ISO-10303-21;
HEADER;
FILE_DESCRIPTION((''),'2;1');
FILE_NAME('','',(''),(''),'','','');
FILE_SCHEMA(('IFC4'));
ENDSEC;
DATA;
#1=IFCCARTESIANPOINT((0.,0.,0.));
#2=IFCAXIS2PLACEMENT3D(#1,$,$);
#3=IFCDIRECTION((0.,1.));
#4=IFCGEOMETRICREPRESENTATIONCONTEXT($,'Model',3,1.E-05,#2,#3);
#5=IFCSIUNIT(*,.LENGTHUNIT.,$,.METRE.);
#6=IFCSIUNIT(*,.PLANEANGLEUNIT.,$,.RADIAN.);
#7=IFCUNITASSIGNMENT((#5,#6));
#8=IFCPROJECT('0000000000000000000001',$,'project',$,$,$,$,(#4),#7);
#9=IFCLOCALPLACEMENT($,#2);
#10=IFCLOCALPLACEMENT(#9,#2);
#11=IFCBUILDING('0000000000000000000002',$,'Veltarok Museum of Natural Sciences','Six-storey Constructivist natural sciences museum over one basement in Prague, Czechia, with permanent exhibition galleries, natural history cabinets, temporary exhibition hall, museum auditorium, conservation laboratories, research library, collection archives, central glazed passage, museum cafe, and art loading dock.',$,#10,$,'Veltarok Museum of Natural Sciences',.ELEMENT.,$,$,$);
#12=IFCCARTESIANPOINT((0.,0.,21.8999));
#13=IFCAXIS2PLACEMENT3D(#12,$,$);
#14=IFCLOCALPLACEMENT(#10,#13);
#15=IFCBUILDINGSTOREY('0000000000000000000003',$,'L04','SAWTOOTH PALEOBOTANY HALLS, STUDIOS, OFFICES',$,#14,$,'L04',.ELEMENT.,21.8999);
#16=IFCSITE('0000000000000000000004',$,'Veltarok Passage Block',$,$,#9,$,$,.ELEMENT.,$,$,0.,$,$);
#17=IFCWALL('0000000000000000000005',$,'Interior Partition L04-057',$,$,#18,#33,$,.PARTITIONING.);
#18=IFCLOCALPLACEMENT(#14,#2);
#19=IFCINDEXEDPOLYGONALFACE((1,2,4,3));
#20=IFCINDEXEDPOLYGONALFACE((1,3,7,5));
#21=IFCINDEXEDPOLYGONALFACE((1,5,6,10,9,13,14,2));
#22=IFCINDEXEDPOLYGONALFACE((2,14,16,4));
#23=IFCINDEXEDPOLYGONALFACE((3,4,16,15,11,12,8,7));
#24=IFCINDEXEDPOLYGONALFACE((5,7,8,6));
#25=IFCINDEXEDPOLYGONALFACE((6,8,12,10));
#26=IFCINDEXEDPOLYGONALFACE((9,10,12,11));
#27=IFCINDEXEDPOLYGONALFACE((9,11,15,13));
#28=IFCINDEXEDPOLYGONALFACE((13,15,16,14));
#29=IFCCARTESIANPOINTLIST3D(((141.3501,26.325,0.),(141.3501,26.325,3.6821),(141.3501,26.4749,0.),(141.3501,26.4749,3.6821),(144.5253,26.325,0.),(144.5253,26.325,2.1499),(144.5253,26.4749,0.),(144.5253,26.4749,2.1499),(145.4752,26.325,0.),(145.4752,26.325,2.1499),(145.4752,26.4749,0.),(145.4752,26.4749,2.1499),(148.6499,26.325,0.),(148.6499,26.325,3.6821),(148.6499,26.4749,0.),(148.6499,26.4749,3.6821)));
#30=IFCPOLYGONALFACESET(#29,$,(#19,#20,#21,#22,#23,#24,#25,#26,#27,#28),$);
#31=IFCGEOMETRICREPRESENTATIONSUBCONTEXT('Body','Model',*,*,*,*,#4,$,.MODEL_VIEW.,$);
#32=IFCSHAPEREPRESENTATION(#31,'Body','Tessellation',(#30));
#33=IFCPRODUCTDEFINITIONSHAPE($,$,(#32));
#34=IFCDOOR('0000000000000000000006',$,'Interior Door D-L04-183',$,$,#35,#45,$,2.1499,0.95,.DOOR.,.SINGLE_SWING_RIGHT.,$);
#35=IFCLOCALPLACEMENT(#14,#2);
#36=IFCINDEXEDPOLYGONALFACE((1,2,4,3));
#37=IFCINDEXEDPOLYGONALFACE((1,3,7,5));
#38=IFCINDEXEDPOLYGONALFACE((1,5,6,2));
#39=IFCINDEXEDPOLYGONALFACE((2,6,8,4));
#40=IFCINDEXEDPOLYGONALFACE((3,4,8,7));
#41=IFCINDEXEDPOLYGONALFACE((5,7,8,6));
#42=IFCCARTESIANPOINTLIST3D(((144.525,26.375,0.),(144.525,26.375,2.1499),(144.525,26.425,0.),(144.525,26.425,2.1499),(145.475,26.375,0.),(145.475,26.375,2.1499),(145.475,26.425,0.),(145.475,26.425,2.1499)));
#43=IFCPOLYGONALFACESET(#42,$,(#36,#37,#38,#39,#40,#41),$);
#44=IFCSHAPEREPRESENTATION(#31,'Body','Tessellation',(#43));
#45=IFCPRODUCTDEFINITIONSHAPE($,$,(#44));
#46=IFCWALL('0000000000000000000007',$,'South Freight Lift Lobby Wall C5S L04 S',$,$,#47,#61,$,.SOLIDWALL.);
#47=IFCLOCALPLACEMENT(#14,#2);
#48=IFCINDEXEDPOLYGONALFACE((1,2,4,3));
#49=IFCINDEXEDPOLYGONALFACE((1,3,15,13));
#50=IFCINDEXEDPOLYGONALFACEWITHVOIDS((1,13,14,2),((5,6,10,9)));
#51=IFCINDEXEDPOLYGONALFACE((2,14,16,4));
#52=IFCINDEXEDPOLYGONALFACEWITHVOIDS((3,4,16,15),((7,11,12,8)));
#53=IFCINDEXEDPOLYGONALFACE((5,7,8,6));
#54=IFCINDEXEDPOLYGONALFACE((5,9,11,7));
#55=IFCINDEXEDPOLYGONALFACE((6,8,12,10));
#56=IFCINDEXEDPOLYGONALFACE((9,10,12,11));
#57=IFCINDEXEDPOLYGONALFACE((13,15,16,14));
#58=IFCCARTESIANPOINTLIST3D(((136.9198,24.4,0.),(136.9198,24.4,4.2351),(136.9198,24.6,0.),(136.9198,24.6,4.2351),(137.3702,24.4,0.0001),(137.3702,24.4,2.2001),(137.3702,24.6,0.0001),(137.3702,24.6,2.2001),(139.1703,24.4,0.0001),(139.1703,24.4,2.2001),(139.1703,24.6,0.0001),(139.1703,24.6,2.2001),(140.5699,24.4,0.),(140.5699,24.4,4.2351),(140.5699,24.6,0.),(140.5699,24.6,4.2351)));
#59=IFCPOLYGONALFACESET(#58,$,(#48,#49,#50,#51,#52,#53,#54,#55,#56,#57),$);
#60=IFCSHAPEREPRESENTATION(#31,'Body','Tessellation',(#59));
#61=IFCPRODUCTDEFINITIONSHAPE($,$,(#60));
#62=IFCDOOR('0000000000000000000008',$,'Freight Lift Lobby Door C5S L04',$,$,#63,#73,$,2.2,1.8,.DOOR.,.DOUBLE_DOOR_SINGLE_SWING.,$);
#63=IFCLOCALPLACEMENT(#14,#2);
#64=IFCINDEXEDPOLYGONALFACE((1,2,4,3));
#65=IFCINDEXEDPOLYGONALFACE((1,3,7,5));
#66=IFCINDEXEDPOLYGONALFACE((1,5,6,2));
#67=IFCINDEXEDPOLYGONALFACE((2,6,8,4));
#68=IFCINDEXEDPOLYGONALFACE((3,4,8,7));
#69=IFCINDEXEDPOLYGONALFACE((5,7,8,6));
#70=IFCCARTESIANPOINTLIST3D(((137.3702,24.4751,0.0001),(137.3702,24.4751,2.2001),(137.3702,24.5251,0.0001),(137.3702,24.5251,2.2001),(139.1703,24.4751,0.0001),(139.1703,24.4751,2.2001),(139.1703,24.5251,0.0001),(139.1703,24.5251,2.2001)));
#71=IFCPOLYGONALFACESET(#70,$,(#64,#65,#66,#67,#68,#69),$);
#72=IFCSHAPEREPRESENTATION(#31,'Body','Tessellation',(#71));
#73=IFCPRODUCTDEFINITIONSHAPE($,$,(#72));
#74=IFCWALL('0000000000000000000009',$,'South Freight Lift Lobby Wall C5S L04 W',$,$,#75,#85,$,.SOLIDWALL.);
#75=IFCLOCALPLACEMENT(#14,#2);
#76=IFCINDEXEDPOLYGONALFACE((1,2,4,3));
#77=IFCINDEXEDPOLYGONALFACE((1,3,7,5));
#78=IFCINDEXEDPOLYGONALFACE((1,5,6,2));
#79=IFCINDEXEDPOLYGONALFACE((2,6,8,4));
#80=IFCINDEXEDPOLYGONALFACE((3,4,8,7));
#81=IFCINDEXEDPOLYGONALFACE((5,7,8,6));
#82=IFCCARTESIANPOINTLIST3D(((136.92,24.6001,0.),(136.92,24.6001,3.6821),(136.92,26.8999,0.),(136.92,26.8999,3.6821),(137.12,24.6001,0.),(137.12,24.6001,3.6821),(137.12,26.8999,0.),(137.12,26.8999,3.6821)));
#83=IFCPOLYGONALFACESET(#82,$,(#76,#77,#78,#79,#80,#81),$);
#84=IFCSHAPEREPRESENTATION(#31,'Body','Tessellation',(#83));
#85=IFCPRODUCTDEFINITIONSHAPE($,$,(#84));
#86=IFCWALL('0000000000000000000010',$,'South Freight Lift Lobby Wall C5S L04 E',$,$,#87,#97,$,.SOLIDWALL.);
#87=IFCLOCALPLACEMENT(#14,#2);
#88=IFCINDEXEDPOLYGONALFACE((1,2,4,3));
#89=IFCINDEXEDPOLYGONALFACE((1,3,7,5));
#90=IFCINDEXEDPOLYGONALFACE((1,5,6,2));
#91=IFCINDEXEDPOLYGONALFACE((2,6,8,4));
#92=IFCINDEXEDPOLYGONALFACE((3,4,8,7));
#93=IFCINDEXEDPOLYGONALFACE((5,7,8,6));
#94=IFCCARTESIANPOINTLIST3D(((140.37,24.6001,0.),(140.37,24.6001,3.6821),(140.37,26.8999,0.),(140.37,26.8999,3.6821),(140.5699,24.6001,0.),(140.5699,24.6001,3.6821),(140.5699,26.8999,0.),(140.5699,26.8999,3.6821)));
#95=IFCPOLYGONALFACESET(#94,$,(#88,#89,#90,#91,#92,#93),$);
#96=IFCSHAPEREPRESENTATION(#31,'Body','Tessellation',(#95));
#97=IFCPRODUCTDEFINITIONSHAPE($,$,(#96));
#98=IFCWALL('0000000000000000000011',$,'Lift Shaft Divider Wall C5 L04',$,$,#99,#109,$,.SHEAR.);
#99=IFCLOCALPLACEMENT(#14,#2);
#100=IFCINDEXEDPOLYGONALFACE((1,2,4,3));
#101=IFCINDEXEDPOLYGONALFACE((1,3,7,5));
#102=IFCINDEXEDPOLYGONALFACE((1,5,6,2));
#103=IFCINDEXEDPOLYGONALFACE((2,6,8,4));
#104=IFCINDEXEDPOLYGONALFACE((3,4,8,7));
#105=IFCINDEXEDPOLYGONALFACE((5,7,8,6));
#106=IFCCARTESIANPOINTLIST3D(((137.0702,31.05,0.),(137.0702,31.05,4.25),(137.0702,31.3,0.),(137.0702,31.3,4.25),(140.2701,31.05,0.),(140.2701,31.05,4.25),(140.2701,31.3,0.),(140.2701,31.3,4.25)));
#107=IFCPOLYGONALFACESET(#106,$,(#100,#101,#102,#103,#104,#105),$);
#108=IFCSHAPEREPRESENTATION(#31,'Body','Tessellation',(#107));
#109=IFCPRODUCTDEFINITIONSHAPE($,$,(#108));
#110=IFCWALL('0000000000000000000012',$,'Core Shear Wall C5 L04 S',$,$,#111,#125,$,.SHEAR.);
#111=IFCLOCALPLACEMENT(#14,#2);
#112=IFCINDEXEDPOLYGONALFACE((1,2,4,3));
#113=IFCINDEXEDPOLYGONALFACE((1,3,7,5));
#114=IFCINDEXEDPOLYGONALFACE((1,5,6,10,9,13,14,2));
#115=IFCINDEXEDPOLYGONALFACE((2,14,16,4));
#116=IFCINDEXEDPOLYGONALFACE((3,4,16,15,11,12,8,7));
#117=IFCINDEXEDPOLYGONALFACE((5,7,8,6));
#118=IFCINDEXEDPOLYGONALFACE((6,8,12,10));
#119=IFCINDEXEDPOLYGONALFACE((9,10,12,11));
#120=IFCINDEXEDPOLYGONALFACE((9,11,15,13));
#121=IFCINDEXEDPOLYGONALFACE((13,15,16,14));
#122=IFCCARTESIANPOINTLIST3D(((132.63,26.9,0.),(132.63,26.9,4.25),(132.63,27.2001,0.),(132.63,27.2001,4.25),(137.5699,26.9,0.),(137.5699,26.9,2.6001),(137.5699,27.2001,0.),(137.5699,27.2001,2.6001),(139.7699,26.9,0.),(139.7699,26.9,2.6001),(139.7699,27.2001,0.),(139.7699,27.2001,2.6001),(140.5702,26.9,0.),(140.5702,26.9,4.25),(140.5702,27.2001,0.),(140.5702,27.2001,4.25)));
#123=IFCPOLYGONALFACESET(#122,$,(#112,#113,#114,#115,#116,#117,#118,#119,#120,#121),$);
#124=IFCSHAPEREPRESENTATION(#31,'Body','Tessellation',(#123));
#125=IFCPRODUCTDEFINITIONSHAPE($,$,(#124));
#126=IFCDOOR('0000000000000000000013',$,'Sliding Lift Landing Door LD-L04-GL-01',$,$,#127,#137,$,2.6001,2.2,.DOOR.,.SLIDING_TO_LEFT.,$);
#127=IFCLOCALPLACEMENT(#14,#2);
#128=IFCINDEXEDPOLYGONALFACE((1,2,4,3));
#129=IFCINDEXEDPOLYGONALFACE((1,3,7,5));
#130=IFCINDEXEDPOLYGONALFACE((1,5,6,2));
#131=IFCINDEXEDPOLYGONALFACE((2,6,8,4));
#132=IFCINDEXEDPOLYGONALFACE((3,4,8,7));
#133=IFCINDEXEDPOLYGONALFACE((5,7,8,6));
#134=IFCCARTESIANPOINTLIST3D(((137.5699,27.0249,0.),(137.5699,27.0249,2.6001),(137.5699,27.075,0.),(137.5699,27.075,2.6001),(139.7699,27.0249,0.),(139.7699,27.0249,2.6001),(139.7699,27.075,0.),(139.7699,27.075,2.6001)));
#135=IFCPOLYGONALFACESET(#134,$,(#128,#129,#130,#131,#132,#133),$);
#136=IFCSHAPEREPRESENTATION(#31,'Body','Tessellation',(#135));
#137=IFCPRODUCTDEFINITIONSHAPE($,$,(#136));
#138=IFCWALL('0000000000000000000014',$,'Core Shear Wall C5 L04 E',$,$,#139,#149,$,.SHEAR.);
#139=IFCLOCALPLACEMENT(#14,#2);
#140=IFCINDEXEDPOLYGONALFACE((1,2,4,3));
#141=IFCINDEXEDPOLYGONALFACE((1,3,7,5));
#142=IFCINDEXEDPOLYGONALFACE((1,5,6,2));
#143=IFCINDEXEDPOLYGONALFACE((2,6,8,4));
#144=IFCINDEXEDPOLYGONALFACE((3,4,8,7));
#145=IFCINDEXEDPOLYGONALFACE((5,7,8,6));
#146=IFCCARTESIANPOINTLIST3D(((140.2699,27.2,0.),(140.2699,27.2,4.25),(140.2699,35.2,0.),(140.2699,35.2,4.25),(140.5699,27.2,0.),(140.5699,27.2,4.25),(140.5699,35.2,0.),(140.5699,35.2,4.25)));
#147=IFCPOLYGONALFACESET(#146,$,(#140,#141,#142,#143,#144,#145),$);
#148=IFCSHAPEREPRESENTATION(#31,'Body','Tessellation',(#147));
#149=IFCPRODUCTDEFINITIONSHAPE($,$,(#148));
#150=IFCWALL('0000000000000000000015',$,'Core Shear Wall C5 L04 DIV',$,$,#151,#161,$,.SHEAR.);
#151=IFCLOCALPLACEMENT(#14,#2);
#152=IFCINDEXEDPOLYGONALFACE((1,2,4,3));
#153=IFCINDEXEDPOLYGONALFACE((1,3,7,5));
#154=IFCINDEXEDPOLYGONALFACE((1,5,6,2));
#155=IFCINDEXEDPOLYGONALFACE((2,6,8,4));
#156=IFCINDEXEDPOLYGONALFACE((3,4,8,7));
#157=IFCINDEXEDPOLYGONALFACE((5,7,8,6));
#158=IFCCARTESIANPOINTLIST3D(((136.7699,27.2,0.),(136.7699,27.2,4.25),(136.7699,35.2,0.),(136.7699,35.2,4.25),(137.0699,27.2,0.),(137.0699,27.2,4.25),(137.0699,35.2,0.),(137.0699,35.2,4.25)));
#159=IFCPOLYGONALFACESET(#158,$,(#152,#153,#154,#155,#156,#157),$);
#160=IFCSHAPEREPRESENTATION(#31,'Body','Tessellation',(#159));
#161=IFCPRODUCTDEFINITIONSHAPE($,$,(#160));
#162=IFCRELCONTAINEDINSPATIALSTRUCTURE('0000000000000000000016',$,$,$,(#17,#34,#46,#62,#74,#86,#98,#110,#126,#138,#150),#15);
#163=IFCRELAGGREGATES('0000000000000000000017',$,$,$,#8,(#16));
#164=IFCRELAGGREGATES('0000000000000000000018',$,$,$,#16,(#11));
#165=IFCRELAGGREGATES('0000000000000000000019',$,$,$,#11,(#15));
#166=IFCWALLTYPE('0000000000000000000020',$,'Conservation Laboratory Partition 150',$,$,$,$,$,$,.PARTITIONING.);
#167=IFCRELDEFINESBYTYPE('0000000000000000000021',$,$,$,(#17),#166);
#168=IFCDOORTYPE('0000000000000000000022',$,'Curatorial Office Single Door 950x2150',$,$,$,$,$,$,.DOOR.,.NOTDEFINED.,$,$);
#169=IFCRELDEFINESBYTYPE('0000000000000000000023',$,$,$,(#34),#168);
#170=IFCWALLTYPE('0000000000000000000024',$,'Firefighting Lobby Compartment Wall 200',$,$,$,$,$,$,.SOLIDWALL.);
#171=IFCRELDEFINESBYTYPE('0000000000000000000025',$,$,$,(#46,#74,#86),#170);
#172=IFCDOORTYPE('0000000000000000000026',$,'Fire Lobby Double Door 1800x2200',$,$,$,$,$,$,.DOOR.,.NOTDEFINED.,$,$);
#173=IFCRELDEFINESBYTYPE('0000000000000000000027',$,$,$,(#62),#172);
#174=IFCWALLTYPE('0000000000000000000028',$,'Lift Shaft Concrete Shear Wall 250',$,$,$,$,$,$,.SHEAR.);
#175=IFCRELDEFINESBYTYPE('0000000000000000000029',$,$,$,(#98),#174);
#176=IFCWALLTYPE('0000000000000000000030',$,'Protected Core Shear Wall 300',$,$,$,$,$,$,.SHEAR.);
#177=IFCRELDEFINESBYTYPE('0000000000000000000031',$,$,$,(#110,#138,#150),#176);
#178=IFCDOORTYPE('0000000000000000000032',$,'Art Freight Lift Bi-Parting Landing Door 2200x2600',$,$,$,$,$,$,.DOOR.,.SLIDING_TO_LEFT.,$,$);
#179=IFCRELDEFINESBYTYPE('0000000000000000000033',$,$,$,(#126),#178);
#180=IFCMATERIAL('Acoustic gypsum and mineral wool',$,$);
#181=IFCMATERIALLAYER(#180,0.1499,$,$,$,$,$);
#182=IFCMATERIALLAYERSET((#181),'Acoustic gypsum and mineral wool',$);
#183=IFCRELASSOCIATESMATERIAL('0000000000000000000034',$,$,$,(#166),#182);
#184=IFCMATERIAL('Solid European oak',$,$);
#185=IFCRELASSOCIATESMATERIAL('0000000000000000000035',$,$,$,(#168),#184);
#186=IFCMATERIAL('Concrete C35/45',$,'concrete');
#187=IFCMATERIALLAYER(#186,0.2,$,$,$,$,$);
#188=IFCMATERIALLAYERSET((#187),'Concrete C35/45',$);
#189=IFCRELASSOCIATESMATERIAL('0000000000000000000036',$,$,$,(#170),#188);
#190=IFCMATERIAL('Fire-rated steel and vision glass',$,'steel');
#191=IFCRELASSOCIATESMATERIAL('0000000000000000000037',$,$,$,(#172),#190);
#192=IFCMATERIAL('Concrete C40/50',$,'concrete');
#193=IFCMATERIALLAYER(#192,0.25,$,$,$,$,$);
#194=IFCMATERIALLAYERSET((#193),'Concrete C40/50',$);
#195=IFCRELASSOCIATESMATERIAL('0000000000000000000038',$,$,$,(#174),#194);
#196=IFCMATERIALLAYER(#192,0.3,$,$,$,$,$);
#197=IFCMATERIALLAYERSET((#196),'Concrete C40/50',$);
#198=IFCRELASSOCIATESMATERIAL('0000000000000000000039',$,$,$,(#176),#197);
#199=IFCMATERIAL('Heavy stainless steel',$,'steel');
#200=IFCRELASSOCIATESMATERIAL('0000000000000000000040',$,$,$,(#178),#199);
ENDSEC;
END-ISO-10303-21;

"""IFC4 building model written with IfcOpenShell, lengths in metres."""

from ifc_helpers import new_model, si_unit, direction, frame, frame_2d, origin, place, context, subcontext, project, spatial, rectangle, extrude, material, layer, layer_set, type_object, element, fill, save


model = new_model("IFC4")

# Units and contexts
model_context = context("Model", 3, precision=1e-05, world=origin(), true_north=direction((0.0, 1.0)))
body_context = subcontext(model_context, "Body", "Model", "MODEL_VIEW")
ifc_project = project(units=[si_unit("LENGTHUNIT", "METRE"), si_unit("PLANEANGLEUNIT", "RADIAN")], contexts=[model_context])

# Site, building, storey
site_placement = place(None, origin())
site = spatial("IfcSite", under=ifc_project, at=site_placement, Name="Veltarok Passage Block", CompositionType="ELEMENT", RefElevation=0.0)
building_placement = place(site_placement, origin())
building = spatial("IfcBuilding", under=site, at=building_placement, Name="Veltarok Museum of Natural Sciences", Description="Six-storey Constructivist natural sciences museum over one basement in Prague, Czechia, with permanent exhibition galleries, natural history cabinets, temporary exhibition hall, museum auditorium, conservation laboratories, research library, collection archives, central glazed passage, museum cafe, and art loading dock.", LongName="Veltarok Museum of Natural Sciences", CompositionType="ELEMENT")
storey_placement = place(building_placement, frame((0.0, 0.0, 21.8999)))
storey = spatial("IfcBuildingStorey", under=building, at=storey_placement, Name="L04", Description="SAWTOOTH PALEOBOTANY HALLS, STUDIOS, OFFICES", LongName="L04", CompositionType="ELEMENT", Elevation=21.8999)

# Shared definitions
ifc_material_1 = material(Name="Concrete C40/50", Category="concrete")

# Walls, openings, doors
ifc_material_2 = material(Name="Acoustic gypsum and mineral wool")
ifc_layer_1 = layer(ifc_material_2, 0.1499)
ifc_layer_set_1 = layer_set([ifc_layer_1], Name="Acoustic gypsum and mineral wool")
wall_type_1 = type_object("IfcWallType", Name="Conservation Laboratory Partition 150", PredefinedType="PARTITIONING", material=ifc_layer_set_1)
wall_1_placement = place(storey_placement, frame((141.3501, 26.3999, 0.0), z_axis=(0.0, 0.0, 1.0), x_axis=(1.0, 0.0, 0.0)))
wall_1 = element("IfcWall", 1, at=wall_1_placement, inside=storey, type_object=wall_type_1, Name="Interior Partition L04-057", PredefinedType="PARTITIONING", context=body_context, shape_type="SweptSolid", body=[
    extrude(rectangle(XDim=7.2998, YDim=0.1499, at=frame_2d((3.6499, 0.0))), origin(), (0.0, 0.0, 1.0), 3.6821),
])
opening_1_placement = place(wall_1_placement, frame((3.175, 0.0, 0.0)))
opening_1 = element("IfcOpeningElement", 2, at=opening_1_placement, cuts=wall_1, PredefinedType="OPENING", context=body_context, shape_type="SweptSolid", body=[
    extrude(rectangle(XDim=0.95, YDim=2.1499, at=frame_2d((0.4751, 1.075))), frame((0.0, 0.085, 0.0), z_axis=(0.0, -1.0, 0.0), x_axis=(1.0, 0.0, 0.0)), (0.0, 0.0, 1.0), 0.1699),
])
ifc_material_3 = material(Name="Solid European oak")
door_type_1 = type_object("IfcDoorType", Name="Curatorial Office Single Door 950x2150", OperationType="NOTDEFINED", PredefinedType="DOOR", material=ifc_material_3)
door_1_placement = place(opening_1_placement, frame((0.95, 0.0, 0.0), z_axis=(0.0, 0.0, 1.0), x_axis=(-1.0, 0.0, 0.0)))
door_1 = element("IfcDoor", 3, at=door_1_placement, inside=storey, type_object=door_type_1, Name="Interior Door D-L04-183", OperationType="SINGLE_SWING_RIGHT", OverallHeight=2.1499, OverallWidth=0.95, PredefinedType="DOOR", context=body_context, shape_type="SweptSolid", body=[
    extrude(rectangle(XDim=0.95, YDim=2.1499, at=frame_2d((0.4751, 1.075))), frame((0.0, 0.0249, 0.0), z_axis=(0.0, -1.0, 0.0), x_axis=(1.0, 0.0, 0.0)), (0.0, 0.0, 1.0), 0.05),
])
fill(opening_1, door_1)
ifc_material_4 = material(Name="Concrete C35/45", Category="concrete")
ifc_layer_2 = layer(ifc_material_4, 0.2)
ifc_layer_set_2 = layer_set([ifc_layer_2], Name="Concrete C35/45")
wall_type_2 = type_object("IfcWallType", Name="Firefighting Lobby Compartment Wall 200", PredefinedType="SOLIDWALL", material=ifc_layer_set_2)
wall_2_placement = place(storey_placement, frame((140.5701, 24.5, 0.0), z_axis=(0.0, 0.0, 1.0), x_axis=(-1.0, 0.0, 0.0)))
wall_2 = element("IfcWall", 4, at=wall_2_placement, inside=storey, type_object=wall_type_2, Name="South Freight Lift Lobby Wall C5S L04 S", PredefinedType="SOLIDWALL", context=body_context, shape_type="SweptSolid", body=[
    extrude(rectangle(XDim=3.6501, YDim=0.2, at=frame_2d((1.8252, 0.0))), origin(), (0.0, 0.0, 1.0), 4.2351),
])
opening_2_placement = place(wall_2_placement, frame((1.3999, 0.0, 0.0)))
opening_2 = element("IfcOpeningElement", 5, at=opening_2_placement, cuts=wall_2, PredefinedType="OPENING", context=body_context, shape_type="SweptSolid", body=[
    extrude(rectangle(XDim=1.8, YDim=2.2, at=frame_2d((0.8999, 1.1001))), frame((0.0, 0.1099, 0.0), z_axis=(0.0, -1.0, 0.0), x_axis=(1.0, 0.0, 0.0)), (0.0, 0.0, 1.0), 0.22),
])
ifc_material_5 = material(Name="Fire-rated steel and vision glass", Category="steel")
door_type_2 = type_object("IfcDoorType", Name="Fire Lobby Double Door 1800x2200", OperationType="NOTDEFINED", PredefinedType="DOOR", material=ifc_material_5)
door_2_placement = place(opening_2_placement, origin())
door_2 = element("IfcDoor", 6, at=door_2_placement, inside=storey, type_object=door_type_2, Name="Freight Lift Lobby Door C5S L04", OperationType="DOUBLE_DOOR_SINGLE_SWING", OverallHeight=2.2, OverallWidth=1.8, PredefinedType="DOOR", context=body_context, shape_type="SweptSolid", body=[
    extrude(rectangle(XDim=1.8, YDim=2.2, at=frame_2d((0.8999, 1.1001))), frame((0.0, 0.0249, 0.0), z_axis=(0.0, -1.0, 0.0), x_axis=(1.0, 0.0, 0.0)), (0.0, 0.0, 1.0), 0.05),
])
fill(opening_2, door_2)

# Walls
for number, where, z_axis, x_axis, name in (
    (7, (137.02, 24.6001, 0.0), (0.0, 0.0, 1.0), (0.0, 1.0, 0.0), "South Freight Lift Lobby Wall C5S L04 W"),
    (8, (140.47, 26.8999, 0.0), (0.0, 0.0, 1.0), (0.0, -1.0, 0.0), "South Freight Lift Lobby Wall C5S L04 E"),
):
    element("IfcWall", number, at=place(storey_placement, frame(where, z_axis=z_axis, x_axis=x_axis)), inside=storey, type_object=wall_type_2, Name=name, PredefinedType="SOLIDWALL", context=body_context, shape_type="SweptSolid", body=[
        extrude(rectangle(XDim=2.2998, YDim=0.2, at=frame_2d((1.1499, 0.0))), origin(), (0.0, 0.0, 1.0), 3.6821),
    ])
ifc_layer_3 = layer(ifc_material_1, 0.25)
ifc_layer_set_3 = layer_set([ifc_layer_3], Name="Concrete C40/50")
wall_type_3 = type_object("IfcWallType", Name="Lift Shaft Concrete Shear Wall 250", PredefinedType="SHEAR", material=ifc_layer_set_3)
wall_3_placement = place(storey_placement, frame((137.0701, 31.175, 0.0), z_axis=(0.0, 0.0, 1.0), x_axis=(1.0, 0.0, 0.0)))
element("IfcWall", 9, at=wall_3_placement, inside=storey, type_object=wall_type_3, Name="Lift Shaft Divider Wall C5 L04", PredefinedType="SHEAR", context=body_context, shape_type="SweptSolid", body=[
    extrude(rectangle(XDim=3.2, YDim=0.25, at=frame_2d((1.6001, 0.0))), origin(), (0.0, 0.0, 1.0), 4.25),
])

# Wall, opening, door
ifc_layer_4 = layer(ifc_material_1, 0.3)
ifc_layer_set_4 = layer_set([ifc_layer_4], Name="Concrete C40/50")
wall_type_4 = type_object("IfcWallType", Name="Protected Core Shear Wall 300", PredefinedType="SHEAR", material=ifc_layer_set_4)
wall_4_placement = place(storey_placement, frame((132.6299, 27.05, 0.0), z_axis=(0.0, 0.0, 1.0), x_axis=(1.0, 0.0, 0.0)))
wall_4 = element("IfcWall", 10, at=wall_4_placement, inside=storey, type_object=wall_type_4, Name="Core Shear Wall C5 L04 S", PredefinedType="SHEAR", context=body_context, shape_type="SweptSolid", body=[
    extrude(rectangle(XDim=7.9402, YDim=0.3, at=frame_2d((3.9702, 0.0))), origin(), (0.0, 0.0, 1.0), 4.25),
])
opening_3_placement = place(wall_4_placement, frame((4.9399, 0.0, 0.0)))
opening_3 = element("IfcOpeningElement", 11, at=opening_3_placement, cuts=wall_4, PredefinedType="OPENING", context=body_context, shape_type="SweptSolid", body=[
    extrude(rectangle(XDim=2.2, YDim=2.6001, at=frame_2d((1.1001, 1.3))), frame((0.0, 0.1602, 0.0), z_axis=(0.0, -1.0, 0.0), x_axis=(1.0, 0.0, 0.0)), (0.0, 0.0, 1.0), 0.3201),
])
ifc_material_6 = material(Name="Heavy stainless steel", Category="steel")
door_type_3 = type_object("IfcDoorType", Name="Art Freight Lift Bi-Parting Landing Door 2200x2600", OperationType="SLIDING_TO_LEFT", PredefinedType="DOOR", material=ifc_material_6)
door_3_placement = place(opening_3_placement, origin())
door_3 = element("IfcDoor", 12, at=door_3_placement, inside=storey, type_object=door_type_3, Name="Sliding Lift Landing Door LD-L04-GL-01", OperationType="SLIDING_TO_LEFT", OverallHeight=2.6001, OverallWidth=2.2, PredefinedType="DOOR", context=body_context, shape_type="SweptSolid", body=[
    extrude(rectangle(XDim=2.2, YDim=2.6001, at=frame_2d((1.1001, 1.3))), frame((0.0, 0.0249, 0.0), z_axis=(0.0, -1.0, 0.0), x_axis=(1.0, 0.0, 0.0)), (0.0, 0.0, 1.0), 0.05),
])
fill(opening_3, door_3)

# Walls
for number, where, z_axis, x_axis, name in (
    (13, (140.4199, 27.2, 0.0), (0.0, 0.0, 1.0), (0.0, 1.0, 0.0), "Core Shear Wall C5 L04 E"),
    (14, (136.9199, 27.2, 0.0), (0.0, 0.0, 1.0), (0.0, 1.0, 0.0), "Core Shear Wall C5 L04 DIV"),
):
    element("IfcWall", number, at=place(storey_placement, frame(where, z_axis=z_axis, x_axis=x_axis)), inside=storey, type_object=wall_type_4, Name=name, PredefinedType="SHEAR", context=body_context, shape_type="SweptSolid", body=[
        extrude(rectangle(XDim=8.0, YDim=0.3, at=frame_2d((4.0, 0.0))), origin(), (0.0, 0.0, 1.0), 4.25),
    ])

save(model, "model.ifc")
